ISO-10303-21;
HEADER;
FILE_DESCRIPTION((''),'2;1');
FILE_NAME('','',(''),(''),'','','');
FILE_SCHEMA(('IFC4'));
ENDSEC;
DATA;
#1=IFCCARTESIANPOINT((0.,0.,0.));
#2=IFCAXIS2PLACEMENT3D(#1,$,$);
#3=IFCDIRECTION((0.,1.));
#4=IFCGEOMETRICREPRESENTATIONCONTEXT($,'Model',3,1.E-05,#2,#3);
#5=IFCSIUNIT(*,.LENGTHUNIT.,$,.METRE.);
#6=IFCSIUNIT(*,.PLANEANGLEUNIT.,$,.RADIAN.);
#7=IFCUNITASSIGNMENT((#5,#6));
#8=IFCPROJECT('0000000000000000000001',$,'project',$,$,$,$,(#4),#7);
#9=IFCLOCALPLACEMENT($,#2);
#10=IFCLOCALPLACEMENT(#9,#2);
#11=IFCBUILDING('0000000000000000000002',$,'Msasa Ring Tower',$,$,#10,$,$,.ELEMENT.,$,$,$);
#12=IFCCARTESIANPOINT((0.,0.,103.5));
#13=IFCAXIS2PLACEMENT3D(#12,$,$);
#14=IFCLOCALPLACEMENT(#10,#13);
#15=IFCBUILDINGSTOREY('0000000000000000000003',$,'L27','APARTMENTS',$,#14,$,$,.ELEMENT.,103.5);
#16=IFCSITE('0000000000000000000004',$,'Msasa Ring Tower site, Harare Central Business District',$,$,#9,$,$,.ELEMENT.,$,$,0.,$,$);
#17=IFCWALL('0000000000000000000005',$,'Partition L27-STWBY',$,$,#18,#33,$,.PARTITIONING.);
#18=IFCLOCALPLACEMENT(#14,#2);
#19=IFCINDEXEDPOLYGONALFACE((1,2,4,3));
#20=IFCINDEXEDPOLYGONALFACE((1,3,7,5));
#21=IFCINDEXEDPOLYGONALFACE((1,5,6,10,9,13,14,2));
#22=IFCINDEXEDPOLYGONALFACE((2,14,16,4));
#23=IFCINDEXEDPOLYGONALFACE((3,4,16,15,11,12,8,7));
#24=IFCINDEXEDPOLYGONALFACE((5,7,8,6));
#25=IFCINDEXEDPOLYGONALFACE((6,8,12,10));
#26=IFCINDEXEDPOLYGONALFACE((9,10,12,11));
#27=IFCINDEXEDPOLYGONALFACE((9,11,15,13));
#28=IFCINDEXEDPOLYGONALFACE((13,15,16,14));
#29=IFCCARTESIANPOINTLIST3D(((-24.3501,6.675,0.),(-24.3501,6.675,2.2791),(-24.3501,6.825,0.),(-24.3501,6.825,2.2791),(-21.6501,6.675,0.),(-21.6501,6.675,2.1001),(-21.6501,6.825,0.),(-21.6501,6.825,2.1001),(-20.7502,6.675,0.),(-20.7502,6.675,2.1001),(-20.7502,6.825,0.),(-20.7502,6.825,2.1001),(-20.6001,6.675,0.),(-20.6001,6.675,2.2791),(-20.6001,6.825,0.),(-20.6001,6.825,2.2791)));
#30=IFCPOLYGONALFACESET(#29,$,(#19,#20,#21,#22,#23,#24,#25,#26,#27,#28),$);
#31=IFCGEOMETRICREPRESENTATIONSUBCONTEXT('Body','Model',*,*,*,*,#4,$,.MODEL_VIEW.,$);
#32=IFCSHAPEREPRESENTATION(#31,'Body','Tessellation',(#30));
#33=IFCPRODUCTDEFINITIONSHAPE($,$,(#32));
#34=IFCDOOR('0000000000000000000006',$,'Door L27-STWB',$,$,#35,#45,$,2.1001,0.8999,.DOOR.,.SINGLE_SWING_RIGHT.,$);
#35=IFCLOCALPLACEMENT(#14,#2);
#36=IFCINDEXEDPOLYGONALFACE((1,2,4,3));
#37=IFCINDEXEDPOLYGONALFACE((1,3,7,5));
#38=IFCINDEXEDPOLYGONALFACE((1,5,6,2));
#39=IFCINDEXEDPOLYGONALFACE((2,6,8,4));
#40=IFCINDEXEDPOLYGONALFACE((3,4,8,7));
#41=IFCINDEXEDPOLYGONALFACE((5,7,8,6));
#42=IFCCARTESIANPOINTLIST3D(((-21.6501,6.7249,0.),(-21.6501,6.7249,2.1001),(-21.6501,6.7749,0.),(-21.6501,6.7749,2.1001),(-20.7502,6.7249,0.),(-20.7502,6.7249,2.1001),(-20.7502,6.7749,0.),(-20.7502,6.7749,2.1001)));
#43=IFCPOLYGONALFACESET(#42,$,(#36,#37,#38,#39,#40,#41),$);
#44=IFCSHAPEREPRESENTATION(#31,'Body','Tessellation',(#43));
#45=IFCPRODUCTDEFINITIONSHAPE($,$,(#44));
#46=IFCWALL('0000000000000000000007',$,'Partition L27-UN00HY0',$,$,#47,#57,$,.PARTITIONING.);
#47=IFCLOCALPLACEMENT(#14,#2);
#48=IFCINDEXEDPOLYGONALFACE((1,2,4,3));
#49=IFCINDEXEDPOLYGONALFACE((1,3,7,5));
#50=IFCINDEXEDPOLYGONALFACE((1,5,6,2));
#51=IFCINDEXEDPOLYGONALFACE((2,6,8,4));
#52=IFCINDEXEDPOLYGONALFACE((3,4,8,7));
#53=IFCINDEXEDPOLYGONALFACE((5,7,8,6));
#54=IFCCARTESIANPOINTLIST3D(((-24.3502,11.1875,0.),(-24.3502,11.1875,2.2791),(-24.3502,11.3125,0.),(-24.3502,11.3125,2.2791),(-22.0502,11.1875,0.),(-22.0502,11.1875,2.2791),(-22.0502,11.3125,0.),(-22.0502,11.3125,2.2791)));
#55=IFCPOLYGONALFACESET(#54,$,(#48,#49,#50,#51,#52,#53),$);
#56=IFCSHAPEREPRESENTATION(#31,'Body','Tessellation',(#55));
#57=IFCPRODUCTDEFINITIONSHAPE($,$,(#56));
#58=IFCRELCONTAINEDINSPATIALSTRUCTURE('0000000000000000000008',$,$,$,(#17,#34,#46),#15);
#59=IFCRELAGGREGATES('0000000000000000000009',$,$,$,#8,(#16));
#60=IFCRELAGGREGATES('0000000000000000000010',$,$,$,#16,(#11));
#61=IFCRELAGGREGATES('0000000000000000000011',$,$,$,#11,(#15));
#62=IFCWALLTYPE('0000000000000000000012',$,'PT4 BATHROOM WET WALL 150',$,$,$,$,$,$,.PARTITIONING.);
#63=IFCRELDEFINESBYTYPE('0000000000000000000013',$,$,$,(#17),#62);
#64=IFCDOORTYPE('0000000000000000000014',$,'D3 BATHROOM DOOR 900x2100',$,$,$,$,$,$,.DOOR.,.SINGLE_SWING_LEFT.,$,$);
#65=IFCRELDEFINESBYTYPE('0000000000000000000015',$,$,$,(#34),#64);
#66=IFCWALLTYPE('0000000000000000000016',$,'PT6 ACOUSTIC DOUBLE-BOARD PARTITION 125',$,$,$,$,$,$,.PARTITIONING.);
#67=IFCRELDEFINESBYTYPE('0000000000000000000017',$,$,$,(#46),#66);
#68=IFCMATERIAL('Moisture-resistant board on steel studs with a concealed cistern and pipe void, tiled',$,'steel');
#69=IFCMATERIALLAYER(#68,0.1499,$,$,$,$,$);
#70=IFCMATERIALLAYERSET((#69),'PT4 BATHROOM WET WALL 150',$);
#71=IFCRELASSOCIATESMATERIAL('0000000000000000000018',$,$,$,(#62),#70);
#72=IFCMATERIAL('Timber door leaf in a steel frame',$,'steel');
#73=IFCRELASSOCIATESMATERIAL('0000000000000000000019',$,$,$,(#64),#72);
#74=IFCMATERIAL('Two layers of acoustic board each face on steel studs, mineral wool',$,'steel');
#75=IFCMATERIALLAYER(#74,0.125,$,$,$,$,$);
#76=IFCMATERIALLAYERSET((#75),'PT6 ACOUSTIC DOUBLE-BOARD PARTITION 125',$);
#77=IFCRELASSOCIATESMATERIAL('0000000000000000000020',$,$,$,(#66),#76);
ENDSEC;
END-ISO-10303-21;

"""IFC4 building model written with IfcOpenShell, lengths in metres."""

from ifc_helpers import new_model, si_unit, direction, frame, frame_2d, origin, place, context, subcontext, project, spatial, rectangle, extrude, material, layer, layer_set, type_object, element, fill, save


model = new_model("IFC4")

# Units and contexts
model_context = context("Model", 3, precision=1e-05, world=origin(), true_north=direction((0.0, 1.0)))
body_context = subcontext(model_context, "Body", "Model", "MODEL_VIEW")
ifc_project = project(units=[si_unit("LENGTHUNIT", "METRE"), si_unit("PLANEANGLEUNIT", "RADIAN")], contexts=[model_context])

# Site, building, storey
site_placement = place(None, origin())
site = spatial("IfcSite", under=ifc_project, at=site_placement, Name="Msasa Ring Tower site, Harare Central Business District", CompositionType="ELEMENT", RefElevation=0.0)
building_placement = place(site_placement, origin())
building = spatial("IfcBuilding", under=site, at=building_placement, Name="Msasa Ring Tower", CompositionType="ELEMENT")
storey_placement = place(building_placement, frame((0.0, 0.0, 103.5)))
storey = spatial("IfcBuildingStorey", under=building, at=storey_placement, Name="L27", Description="APARTMENTS", CompositionType="ELEMENT", Elevation=103.5)

# Wall, opening, door
ifc_material_1 = material(Name="Moisture-resistant board on steel studs with a concealed cistern and pipe void, tiled", Category="steel")
ifc_layer_1 = layer(ifc_material_1, 0.1499)
ifc_layer_set_1 = layer_set([ifc_layer_1], Name="PT4 BATHROOM WET WALL 150")
wall_type_1 = type_object("IfcWallType", Name="PT4 BATHROOM WET WALL 150", PredefinedType="PARTITIONING", material=ifc_layer_set_1)
wall_1_placement = place(storey_placement, frame((-24.3501, 6.75, 0.0), z_axis=(0.0, 0.0, 1.0), x_axis=(1.0, 0.0, 0.0)))
wall_1 = element("IfcWall", 1, at=wall_1_placement, inside=storey, type_object=wall_type_1, Name="Partition L27-STWBY", PredefinedType="PARTITIONING", context=body_context, shape_type="SweptSolid", body=[
    extrude(rectangle(XDim=3.75, YDim=0.1499, at=frame_2d((1.875, 0.0))), origin(), (0.0, 0.0, 1.0), 2.2791),
])
opening_1_placement = place(wall_1_placement, frame((2.7, 0.0, 0.0)))
opening_1 = element("IfcOpeningElement", 2, at=opening_1_placement, cuts=wall_1, PredefinedType="OPENING", context=body_context, shape_type="SweptSolid", body=[
    extrude(rectangle(XDim=0.8999, YDim=2.1001, at=frame_2d((0.45, 1.05))), frame((0.0, 0.085, 0.0), z_axis=(0.0, -1.0, 0.0), x_axis=(1.0, 0.0, 0.0)), (0.0, 0.0, 1.0), 0.1699),
])
ifc_material_2 = material(Name="Timber door leaf in a steel frame", Category="steel")
door_type_1 = type_object("IfcDoorType", Name="D3 BATHROOM DOOR 900x2100", OperationType="SINGLE_SWING_LEFT", PredefinedType="DOOR", material=ifc_material_2)
door_1_placement = place(opening_1_placement, origin())
door_1 = element("IfcDoor", 3, at=door_1_placement, inside=storey, type_object=door_type_1, Name="Door L27-STWB", OperationType="SINGLE_SWING_RIGHT", OverallHeight=2.1001, OverallWidth=0.8999, PredefinedType="DOOR", context=body_context, shape_type="SweptSolid", body=[
    extrude(rectangle(XDim=0.8999, YDim=2.1001, at=frame_2d((0.45, 1.05))), frame((0.0, 0.0249, 0.0), z_axis=(0.0, -1.0, 0.0), x_axis=(1.0, 0.0, 0.0)), (0.0, 0.0, 1.0), 0.05),
])
fill(opening_1, door_1)

# Wall
ifc_material_3 = material(Name="Two layers of acoustic board each face on steel studs, mineral wool", Category="steel")
ifc_layer_2 = layer(ifc_material_3, 0.125)
ifc_layer_set_2 = layer_set([ifc_layer_2], Name="PT6 ACOUSTIC DOUBLE-BOARD PARTITION 125")
wall_type_2 = type_object("IfcWallType", Name="PT6 ACOUSTIC DOUBLE-BOARD PARTITION 125", PredefinedType="PARTITIONING", material=ifc_layer_set_2)
wall_2_placement = place(storey_placement, frame((-24.3501, 11.25, 0.0), z_axis=(0.0, 0.0, 1.0), x_axis=(1.0, 0.0, 0.0)))
element("IfcWall", 4, at=wall_2_placement, inside=storey, type_object=wall_type_2, Name="Partition L27-UN00HY0", PredefinedType="PARTITIONING", context=body_context, shape_type="SweptSolid", body=[
    extrude(rectangle(XDim=2.3, YDim=0.125, at=frame_2d((1.1499, 0.0))), origin(), (0.0, 0.0, 1.0), 2.2791),
])

save(model, "model.ifc")
